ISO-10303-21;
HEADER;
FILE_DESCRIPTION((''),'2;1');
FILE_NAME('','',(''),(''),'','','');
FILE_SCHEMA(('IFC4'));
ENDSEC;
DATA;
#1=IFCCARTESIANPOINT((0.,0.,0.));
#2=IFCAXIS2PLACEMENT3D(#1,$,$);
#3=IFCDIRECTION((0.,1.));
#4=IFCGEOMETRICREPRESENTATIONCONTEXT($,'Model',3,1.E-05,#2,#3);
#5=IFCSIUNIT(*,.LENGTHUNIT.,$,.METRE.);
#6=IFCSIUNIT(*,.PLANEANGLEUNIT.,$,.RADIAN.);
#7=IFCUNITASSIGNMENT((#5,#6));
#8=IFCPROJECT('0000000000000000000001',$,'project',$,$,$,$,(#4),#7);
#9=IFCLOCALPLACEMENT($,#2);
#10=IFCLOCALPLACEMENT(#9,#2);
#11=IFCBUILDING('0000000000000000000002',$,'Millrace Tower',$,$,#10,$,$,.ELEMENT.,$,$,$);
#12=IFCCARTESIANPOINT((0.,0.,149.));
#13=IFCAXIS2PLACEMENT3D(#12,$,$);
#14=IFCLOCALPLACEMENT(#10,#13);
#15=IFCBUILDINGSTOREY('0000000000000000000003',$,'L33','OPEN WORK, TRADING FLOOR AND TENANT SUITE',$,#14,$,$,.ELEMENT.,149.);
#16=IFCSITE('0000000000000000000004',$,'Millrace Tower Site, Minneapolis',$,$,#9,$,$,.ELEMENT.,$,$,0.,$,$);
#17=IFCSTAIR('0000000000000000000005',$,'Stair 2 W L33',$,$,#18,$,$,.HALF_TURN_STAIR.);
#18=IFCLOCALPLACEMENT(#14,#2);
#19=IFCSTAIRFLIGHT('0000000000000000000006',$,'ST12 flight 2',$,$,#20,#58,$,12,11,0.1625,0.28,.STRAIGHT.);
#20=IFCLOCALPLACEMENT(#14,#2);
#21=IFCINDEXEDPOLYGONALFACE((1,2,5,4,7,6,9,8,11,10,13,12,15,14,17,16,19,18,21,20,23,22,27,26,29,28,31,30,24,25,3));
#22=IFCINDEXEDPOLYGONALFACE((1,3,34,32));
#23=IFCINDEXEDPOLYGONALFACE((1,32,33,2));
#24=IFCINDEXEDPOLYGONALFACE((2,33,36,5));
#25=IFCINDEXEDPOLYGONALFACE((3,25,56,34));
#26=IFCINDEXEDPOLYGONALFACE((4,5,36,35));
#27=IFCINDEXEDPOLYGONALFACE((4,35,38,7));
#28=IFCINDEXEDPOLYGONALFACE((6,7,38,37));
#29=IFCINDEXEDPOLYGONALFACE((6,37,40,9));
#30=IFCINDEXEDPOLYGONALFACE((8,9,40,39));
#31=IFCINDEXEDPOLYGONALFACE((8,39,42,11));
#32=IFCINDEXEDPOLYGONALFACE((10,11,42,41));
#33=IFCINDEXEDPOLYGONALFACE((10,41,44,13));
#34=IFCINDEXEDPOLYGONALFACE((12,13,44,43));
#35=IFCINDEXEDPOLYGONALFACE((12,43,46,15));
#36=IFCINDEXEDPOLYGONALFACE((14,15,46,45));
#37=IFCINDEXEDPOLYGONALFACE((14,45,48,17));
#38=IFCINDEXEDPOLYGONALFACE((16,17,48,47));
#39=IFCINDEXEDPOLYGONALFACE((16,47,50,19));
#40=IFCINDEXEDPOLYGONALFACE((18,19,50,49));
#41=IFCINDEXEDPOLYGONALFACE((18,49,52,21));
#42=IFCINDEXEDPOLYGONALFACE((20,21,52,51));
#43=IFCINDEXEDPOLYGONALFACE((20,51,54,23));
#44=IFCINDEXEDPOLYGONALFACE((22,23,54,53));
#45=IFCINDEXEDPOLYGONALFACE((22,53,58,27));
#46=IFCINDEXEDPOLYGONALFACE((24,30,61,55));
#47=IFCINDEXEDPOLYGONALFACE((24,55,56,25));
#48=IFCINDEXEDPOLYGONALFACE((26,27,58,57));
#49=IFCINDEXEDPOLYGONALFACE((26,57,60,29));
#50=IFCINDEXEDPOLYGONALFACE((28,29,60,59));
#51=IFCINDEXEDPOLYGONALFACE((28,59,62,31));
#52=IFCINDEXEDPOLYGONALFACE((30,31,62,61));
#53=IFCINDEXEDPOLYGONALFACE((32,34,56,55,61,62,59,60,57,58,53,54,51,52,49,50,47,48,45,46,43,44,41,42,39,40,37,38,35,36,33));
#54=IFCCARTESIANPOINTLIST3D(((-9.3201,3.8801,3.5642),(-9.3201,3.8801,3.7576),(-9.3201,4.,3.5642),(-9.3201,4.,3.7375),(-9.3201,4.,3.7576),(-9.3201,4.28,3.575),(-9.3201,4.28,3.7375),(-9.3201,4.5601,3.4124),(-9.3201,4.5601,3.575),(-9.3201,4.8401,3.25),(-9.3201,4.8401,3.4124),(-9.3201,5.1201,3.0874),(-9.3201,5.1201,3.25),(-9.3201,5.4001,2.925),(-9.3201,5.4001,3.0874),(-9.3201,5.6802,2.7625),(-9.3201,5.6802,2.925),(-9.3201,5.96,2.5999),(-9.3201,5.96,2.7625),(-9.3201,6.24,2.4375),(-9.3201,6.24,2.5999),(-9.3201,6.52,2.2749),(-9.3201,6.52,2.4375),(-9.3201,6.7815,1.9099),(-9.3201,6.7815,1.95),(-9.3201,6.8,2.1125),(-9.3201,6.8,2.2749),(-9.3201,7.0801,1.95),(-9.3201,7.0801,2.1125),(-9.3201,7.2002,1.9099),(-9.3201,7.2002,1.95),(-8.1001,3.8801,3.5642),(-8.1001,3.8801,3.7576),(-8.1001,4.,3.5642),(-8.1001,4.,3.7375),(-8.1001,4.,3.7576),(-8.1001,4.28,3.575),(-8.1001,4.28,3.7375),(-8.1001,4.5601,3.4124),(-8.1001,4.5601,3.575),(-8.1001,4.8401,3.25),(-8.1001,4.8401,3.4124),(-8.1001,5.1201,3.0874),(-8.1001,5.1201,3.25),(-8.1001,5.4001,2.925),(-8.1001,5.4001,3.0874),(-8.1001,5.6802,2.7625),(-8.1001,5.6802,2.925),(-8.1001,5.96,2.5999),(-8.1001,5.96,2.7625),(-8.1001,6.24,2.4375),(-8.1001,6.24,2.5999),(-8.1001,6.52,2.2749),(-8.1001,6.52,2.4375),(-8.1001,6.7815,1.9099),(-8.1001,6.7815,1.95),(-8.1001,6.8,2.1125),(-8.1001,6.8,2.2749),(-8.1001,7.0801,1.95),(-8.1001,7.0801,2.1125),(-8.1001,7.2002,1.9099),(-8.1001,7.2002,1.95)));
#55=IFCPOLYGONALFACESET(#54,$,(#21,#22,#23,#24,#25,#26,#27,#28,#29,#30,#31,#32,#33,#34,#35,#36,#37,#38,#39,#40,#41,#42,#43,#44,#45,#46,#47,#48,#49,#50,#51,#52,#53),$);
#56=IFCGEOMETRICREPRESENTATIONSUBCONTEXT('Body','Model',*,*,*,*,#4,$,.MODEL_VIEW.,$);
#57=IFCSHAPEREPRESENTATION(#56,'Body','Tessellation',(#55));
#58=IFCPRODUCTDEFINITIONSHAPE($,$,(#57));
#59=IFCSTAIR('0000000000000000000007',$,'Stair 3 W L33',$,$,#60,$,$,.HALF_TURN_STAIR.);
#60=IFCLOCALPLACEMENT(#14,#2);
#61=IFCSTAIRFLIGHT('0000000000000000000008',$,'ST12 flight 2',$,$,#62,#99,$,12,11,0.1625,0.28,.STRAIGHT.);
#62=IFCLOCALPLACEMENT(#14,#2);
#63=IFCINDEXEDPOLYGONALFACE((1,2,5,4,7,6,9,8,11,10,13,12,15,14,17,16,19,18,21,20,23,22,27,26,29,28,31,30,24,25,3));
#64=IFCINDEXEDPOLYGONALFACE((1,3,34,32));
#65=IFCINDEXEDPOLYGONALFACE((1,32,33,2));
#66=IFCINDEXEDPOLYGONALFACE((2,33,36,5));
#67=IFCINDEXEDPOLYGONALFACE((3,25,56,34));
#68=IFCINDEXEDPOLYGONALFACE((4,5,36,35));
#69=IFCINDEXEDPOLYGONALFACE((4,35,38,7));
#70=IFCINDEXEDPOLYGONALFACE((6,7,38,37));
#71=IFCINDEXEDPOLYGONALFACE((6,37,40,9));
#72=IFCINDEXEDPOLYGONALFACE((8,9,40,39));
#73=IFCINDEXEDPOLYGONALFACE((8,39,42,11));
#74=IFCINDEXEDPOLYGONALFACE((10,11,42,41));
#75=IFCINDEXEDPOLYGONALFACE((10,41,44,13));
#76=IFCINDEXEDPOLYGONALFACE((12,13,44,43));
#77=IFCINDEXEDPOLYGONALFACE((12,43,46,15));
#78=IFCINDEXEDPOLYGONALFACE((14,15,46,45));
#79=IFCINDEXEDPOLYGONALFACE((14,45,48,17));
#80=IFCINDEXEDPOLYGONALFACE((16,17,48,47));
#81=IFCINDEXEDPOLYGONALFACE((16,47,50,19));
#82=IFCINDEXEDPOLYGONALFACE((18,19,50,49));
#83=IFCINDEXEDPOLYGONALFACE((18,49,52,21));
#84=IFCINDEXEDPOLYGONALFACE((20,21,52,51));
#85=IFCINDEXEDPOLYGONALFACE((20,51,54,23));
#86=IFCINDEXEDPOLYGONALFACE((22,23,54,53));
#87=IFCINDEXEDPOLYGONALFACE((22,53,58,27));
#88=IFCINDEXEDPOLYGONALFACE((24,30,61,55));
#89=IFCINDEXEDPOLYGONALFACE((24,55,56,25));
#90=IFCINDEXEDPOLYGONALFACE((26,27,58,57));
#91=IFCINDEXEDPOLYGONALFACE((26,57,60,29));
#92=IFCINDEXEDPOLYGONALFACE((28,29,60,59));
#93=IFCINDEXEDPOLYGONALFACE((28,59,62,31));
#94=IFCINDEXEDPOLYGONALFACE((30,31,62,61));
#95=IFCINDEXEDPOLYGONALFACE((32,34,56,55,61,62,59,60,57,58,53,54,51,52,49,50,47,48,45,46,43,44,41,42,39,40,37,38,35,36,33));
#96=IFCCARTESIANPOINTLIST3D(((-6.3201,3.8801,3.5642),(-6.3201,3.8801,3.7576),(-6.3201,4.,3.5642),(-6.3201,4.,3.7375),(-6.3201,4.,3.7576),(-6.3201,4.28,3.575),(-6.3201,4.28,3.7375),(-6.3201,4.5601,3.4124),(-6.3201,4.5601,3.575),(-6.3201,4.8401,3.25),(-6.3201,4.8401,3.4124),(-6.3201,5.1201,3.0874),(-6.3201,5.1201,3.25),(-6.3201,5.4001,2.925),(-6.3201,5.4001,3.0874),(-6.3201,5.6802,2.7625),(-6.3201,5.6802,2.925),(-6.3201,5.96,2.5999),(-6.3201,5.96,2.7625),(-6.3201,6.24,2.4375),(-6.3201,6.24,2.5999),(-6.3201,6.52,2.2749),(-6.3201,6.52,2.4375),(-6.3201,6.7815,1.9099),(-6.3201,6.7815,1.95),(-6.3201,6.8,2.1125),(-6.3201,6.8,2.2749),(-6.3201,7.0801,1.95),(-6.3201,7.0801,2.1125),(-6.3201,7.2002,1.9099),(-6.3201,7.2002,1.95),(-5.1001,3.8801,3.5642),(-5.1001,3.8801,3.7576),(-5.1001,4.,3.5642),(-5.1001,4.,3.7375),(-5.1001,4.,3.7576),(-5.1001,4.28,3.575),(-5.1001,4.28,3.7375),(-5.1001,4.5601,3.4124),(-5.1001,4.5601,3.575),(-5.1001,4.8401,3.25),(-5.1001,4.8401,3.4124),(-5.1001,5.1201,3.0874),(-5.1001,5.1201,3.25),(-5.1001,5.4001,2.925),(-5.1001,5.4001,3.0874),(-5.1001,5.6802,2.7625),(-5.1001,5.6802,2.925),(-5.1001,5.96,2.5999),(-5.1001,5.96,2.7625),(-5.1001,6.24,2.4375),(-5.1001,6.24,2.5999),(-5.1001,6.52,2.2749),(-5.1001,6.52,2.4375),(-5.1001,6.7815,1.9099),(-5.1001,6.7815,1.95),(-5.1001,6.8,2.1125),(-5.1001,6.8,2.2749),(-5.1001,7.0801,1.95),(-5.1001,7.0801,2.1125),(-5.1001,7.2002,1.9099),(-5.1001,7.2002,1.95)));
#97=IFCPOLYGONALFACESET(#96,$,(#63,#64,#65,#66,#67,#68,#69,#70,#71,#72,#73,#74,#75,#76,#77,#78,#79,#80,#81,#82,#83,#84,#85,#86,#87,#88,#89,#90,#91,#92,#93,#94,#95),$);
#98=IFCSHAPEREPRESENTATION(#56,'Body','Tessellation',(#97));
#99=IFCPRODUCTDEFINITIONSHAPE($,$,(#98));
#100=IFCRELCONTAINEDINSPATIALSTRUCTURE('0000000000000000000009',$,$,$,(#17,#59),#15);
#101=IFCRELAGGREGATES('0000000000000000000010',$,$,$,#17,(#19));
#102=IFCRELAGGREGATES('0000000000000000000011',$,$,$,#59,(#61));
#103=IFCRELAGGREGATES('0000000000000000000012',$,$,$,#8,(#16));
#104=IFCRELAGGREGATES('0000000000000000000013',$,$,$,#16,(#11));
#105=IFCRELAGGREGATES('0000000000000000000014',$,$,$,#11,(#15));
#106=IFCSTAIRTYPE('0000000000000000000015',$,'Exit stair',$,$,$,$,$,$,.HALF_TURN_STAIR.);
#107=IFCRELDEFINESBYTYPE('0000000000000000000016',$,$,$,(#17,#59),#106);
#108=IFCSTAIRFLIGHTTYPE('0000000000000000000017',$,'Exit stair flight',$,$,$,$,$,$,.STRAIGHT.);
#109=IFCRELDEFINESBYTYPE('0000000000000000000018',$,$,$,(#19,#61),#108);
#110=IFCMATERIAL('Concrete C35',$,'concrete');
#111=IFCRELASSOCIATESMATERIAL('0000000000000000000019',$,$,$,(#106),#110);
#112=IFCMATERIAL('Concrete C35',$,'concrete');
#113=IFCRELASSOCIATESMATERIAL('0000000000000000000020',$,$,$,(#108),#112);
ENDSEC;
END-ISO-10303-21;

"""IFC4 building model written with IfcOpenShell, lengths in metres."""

from ifc_helpers import new_model, si_unit, direction, frame, origin, place, context, subcontext, project, spatial, polyline, outline, extrude, material, type_object, element, aggregate, save


model = new_model("IFC4")

# Units and contexts
model_context = context("Model", 3, precision=1e-05, world=origin(), true_north=direction((0.0, 1.0)))
body_context = subcontext(model_context, "Body", "Model", "MODEL_VIEW")
ifc_project = project(units=[si_unit("LENGTHUNIT", "METRE"), si_unit("PLANEANGLEUNIT", "RADIAN")], contexts=[model_context])

# Site, building, storey
site_placement = place(None, origin())
site = spatial("IfcSite", under=ifc_project, at=site_placement, Name="Millrace Tower Site, Minneapolis", CompositionType="ELEMENT", RefElevation=0.0)
building_placement = place(site_placement, origin())
building = spatial("IfcBuilding", under=site, at=building_placement, Name="Millrace Tower", CompositionType="ELEMENT")
storey_placement = place(building_placement, frame((0.0, 0.0, 149.0)))
storey = spatial("IfcBuildingStorey", under=building, at=storey_placement, Name="L33", Description="OPEN WORK, TRADING FLOOR AND TENANT SUITE", CompositionType="ELEMENT", Elevation=149.0)

# Shared definitions
placement = place(storey_placement, origin())

# Stairs, stair flights
ifc_material_1 = material(Name="Concrete C35", Category="concrete")
stair_type = type_object("IfcStairType", Name="Exit stair", PredefinedType="HALF_TURN_STAIR", material=ifc_material_1)
ifc_material_2 = material(Name="Concrete C35", Category="concrete")
stair_flight_type = type_object("IfcStairFlightType", Name="Exit stair flight", PredefinedType="STRAIGHT", material=ifc_material_2)
stair_1 = element("IfcStair", 1, at=placement, inside=storey, type_object=stair_type, Name="Stair 2 W L33", PredefinedType="HALF_TURN_STAIR")
stair_flight_1_placement = place(storey_placement, frame((-8.71, 7.0801, 1.95), z_axis=(0.0, 0.0, 1.0), x_axis=(0.0, -1.0, 0.0)))
stair_flight_1 = element("IfcStairFlight", 2, at=stair_flight_1_placement, type_object=stair_flight_type, Name="ST12 flight 2", NumberOfRisers=12, NumberOfTreads=11, PredefinedType="STRAIGHT", RiserHeight=0.1625, TreadLength=0.28, context=body_context, shape_type="SweptSolid", body=[
    extrude(outline(polyline([(-0.1201, -0.04), (-0.1201, 0.0), (0.0, 0.0), (0.0, 0.1626), (0.28, 0.1626), (0.28, 0.325), (0.5601, 0.325), (0.5601, 0.4875), (0.8401, 0.4875), (0.8401, 0.6499), (1.1201, 0.6499), (1.1201, 0.8125), (1.3999, 0.8125), (1.3999, 0.9751), (1.6799, 0.9751), (1.6799, 1.1375), (1.96, 1.1375), (1.96, 1.3), (2.24, 1.3), (2.24, 1.4624), (2.52, 1.4624), (2.52, 1.625), (2.8, 1.625), (2.8, 1.7876), (3.0801, 1.7876), (3.0801, 1.8076), (3.2, 1.8076), (3.2, 1.6143), (3.0801, 1.6143), (0.2986, 0.0), (0.2986, -0.04), (-0.1201, -0.04)])), frame((0.0, 0.6099, 0.0), z_axis=(0.0, -1.0, 0.0), x_axis=(1.0, 0.0, 0.0)), (0.0, 0.0, 1.0), 1.22),
])
aggregate(stair_1, [stair_flight_1])
stair_2 = element("IfcStair", 3, at=placement, inside=storey, type_object=stair_type, Name="Stair 3 W L33", PredefinedType="HALF_TURN_STAIR")
stair_flight_2_placement = place(storey_placement, frame((-5.71, 7.0801, 1.95), z_axis=(0.0, 0.0, 1.0), x_axis=(0.0, -1.0, 0.0)))
stair_flight_2 = element("IfcStairFlight", 4, at=stair_flight_2_placement, type_object=stair_flight_type, Name="ST12 flight 2", NumberOfRisers=12, NumberOfTreads=11, PredefinedType="STRAIGHT", RiserHeight=0.1625, TreadLength=0.28, context=body_context, shape_type="SweptSolid", body=[
    extrude(outline(polyline([(-0.1201, -0.04), (-0.1201, 0.0), (0.0, 0.0), (0.0, 0.1626), (0.28, 0.1626), (0.28, 0.325), (0.5601, 0.325), (0.5601, 0.4875), (0.8401, 0.4875), (0.8401, 0.6499), (1.1201, 0.6499), (1.1201, 0.8125), (1.3999, 0.8125), (1.3999, 0.9751), (1.6799, 0.9751), (1.6799, 1.1375), (1.96, 1.1375), (1.96, 1.3), (2.24, 1.3), (2.24, 1.4624), (2.52, 1.4624), (2.52, 1.625), (2.8, 1.625), (2.8, 1.7876), (3.0801, 1.7876), (3.0801, 1.8076), (3.2, 1.8076), (3.2, 1.6143), (3.0801, 1.6143), (0.2986, 0.0), (0.2986, -0.04), (-0.1201, -0.04)])), frame((0.0, 0.6099, 0.0), z_axis=(0.0, -1.0, 0.0), x_axis=(1.0, 0.0, 0.0)), (0.0, 0.0, 1.0), 1.22),
])
aggregate(stair_2, [stair_flight_2])

save(model, "model.ifc")
